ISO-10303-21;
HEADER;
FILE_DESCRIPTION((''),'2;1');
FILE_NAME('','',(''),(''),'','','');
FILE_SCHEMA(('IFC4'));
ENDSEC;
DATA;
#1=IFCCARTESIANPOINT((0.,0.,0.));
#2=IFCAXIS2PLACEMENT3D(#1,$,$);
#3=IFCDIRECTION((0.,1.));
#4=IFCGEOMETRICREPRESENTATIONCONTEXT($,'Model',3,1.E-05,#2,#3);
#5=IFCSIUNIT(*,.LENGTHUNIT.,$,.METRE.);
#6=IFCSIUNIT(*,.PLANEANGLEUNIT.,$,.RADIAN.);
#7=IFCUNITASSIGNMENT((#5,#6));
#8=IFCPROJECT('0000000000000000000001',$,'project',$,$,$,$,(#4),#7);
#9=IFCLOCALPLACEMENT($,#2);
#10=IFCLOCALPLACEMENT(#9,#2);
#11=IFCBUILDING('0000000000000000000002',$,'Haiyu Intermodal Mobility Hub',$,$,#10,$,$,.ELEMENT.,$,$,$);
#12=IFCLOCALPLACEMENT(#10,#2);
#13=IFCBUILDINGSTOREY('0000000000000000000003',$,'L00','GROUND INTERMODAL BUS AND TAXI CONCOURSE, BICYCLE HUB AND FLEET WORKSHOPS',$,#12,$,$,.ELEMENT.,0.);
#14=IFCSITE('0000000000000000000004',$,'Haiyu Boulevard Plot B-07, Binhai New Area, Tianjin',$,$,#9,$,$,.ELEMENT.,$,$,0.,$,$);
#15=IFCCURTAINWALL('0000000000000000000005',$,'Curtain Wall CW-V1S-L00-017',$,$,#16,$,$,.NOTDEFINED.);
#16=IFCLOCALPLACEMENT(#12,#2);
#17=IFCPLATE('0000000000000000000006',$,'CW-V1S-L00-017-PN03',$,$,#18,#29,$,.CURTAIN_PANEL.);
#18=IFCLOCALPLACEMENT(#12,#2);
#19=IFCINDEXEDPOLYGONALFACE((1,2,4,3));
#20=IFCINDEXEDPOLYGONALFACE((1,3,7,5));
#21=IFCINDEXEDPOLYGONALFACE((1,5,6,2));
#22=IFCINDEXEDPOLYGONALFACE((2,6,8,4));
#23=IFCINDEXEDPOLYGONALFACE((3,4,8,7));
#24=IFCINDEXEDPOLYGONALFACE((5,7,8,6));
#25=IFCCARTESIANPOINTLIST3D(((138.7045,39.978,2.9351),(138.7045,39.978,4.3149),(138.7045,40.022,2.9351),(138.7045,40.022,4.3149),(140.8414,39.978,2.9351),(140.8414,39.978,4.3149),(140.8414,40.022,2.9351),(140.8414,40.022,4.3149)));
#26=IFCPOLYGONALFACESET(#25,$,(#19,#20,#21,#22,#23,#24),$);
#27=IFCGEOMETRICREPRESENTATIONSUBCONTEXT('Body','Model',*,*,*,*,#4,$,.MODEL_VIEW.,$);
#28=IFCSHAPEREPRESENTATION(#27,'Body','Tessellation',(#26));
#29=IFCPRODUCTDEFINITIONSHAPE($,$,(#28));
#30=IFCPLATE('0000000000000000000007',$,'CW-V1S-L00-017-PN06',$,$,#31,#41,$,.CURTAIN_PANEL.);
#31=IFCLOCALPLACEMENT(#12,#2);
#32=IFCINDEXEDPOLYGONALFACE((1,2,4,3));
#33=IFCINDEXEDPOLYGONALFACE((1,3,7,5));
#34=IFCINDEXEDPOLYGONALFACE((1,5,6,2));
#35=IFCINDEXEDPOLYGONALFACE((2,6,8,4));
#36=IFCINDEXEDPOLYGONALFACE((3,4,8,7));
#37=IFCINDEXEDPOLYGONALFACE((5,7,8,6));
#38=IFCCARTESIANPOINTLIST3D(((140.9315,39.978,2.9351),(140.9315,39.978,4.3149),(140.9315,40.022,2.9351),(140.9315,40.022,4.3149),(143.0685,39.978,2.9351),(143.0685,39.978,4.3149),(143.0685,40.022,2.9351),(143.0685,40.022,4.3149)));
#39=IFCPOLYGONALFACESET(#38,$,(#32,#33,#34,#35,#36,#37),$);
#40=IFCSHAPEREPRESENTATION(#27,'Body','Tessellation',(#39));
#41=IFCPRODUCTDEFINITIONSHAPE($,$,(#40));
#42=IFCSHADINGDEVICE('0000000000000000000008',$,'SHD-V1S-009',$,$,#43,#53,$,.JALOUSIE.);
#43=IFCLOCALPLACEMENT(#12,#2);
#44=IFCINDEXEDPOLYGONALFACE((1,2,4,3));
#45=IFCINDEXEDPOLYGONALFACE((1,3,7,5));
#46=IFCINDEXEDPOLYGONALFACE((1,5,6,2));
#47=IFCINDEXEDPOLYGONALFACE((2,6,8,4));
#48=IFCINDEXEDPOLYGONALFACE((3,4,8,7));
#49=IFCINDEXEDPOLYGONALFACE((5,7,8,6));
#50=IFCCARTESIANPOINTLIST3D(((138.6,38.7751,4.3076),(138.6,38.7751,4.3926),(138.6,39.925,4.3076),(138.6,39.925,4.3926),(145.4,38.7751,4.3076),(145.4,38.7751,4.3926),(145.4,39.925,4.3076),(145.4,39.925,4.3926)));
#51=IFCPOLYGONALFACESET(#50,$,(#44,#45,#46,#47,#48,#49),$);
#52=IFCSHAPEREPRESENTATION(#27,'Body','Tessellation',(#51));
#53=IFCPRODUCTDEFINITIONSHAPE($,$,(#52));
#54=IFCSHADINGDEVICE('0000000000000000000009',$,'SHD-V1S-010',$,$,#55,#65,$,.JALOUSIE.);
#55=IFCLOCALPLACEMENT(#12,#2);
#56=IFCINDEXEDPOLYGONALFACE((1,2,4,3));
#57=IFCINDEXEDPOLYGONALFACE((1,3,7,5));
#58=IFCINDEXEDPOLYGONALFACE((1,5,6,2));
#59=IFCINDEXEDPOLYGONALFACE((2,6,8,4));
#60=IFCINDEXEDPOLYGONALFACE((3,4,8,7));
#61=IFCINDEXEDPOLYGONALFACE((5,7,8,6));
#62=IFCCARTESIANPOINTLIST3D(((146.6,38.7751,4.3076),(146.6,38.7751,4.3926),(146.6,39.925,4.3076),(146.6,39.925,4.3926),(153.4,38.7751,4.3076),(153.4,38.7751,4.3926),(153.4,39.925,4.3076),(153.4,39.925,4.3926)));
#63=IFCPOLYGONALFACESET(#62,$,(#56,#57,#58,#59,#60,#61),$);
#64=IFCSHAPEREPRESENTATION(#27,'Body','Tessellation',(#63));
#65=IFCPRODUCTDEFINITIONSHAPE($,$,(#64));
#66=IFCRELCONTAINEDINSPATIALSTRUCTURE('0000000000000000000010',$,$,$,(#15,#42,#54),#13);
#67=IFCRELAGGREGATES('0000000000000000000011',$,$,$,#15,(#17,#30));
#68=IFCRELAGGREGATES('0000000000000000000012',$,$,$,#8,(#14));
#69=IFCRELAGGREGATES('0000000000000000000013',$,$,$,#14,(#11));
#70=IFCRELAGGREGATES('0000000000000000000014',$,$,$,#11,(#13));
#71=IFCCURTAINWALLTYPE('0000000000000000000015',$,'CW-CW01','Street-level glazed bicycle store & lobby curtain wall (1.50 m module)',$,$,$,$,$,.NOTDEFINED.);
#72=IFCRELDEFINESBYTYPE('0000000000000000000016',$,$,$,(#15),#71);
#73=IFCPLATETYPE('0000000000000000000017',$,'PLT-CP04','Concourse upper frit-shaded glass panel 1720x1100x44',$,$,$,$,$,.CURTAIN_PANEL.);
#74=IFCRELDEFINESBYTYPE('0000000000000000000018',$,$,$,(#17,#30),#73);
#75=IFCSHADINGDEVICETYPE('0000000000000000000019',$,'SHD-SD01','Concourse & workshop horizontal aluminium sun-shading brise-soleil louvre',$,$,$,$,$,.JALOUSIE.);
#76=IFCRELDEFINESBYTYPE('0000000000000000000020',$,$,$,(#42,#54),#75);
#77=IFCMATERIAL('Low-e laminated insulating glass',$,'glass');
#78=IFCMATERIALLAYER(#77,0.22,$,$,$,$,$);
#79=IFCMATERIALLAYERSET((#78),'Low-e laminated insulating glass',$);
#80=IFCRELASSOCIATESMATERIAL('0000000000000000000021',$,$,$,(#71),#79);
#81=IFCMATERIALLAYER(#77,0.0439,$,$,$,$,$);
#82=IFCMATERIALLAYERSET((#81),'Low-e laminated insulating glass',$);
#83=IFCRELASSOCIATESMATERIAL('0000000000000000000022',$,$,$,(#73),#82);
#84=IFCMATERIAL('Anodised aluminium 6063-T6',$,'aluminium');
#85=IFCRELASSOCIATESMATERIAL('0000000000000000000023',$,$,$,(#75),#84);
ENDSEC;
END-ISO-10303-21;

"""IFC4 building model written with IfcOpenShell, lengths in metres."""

from ifc_helpers import new_model, si_unit, direction, frame, origin, origin_2d, place, context, subcontext, project, spatial, rectangle, extrude, material, layer, layer_set, material_profile, profile_set, type_object, element, aggregate, save


model = new_model("IFC4")

# Units and contexts
model_context = context("Model", 3, precision=1e-05, world=origin(), true_north=direction((0.0, 1.0)))
body_context = subcontext(model_context, "Body", "Model", "MODEL_VIEW")
ifc_project = project(units=[si_unit("LENGTHUNIT", "METRE"), si_unit("PLANEANGLEUNIT", "RADIAN")], contexts=[model_context])

# Site, building, storey
site_placement = place(None, origin())
site = spatial("IfcSite", under=ifc_project, at=site_placement, Name="Haiyu Boulevard Plot B-07, Binhai New Area, Tianjin", CompositionType="ELEMENT", RefElevation=0.0)
building_placement = place(site_placement, origin())
building = spatial("IfcBuilding", under=site, at=building_placement, Name="Haiyu Intermodal Mobility Hub", CompositionType="ELEMENT")
storey_placement = place(building_placement, origin())
storey = spatial("IfcBuildingStorey", under=building, at=storey_placement, Name="L00", Description="GROUND INTERMODAL BUS AND TAXI CONCOURSE, BICYCLE HUB AND FLEET WORKSHOPS", CompositionType="ELEMENT", Elevation=0.0)

# Curtain wall, plates
ifc_material_1 = material(Name="Low-e laminated insulating glass", Category="glass")
ifc_layer_1 = layer(ifc_material_1, 0.22)
ifc_layer_set_1 = layer_set([ifc_layer_1], Name="Low-e laminated insulating glass")
curtain_wall_type = type_object("IfcCurtainWallType", Name="CW-CW01", Description="Street-level glazed bicycle store & lobby curtain wall (1.50 m module)", PredefinedType="NOTDEFINED", material=ifc_layer_set_1)
curtain_wall_placement = place(storey_placement, origin())
curtain_wall = element("IfcCurtainWall", 1, at=curtain_wall_placement, inside=storey, type_object=curtain_wall_type, Name="Curtain Wall CW-V1S-L00-017", PredefinedType="NOTDEFINED")
ifc_material_2 = material(Name="Anodised aluminium 6063-T6", Category="aluminium")
ifc_layer_2 = layer(ifc_material_1, 0.0439)
ifc_layer_set_2 = layer_set([ifc_layer_2], Name="Low-e laminated insulating glass")
plate_type_1 = type_object("IfcPlateType", Name="PLT-CP04", Description="Concourse upper frit-shaded glass panel 1720x1100x44", PredefinedType="CURTAIN_PANEL", material=ifc_layer_set_2)
plate_1_placement = place(storey_placement, frame((139.7729, 40.0, 2.9351), z_axis=(0.0, 0.0, 1.0), x_axis=(1.0, 0.0, 0.0)))
plate_1 = element("IfcPlate", 2, at=plate_1_placement, type_object=plate_type_1, Name="CW-V1S-L00-017-PN03", PredefinedType="CURTAIN_PANEL", context=body_context, shape_type="SweptSolid", body=[
    extrude(rectangle(XDim=2.137, YDim=0.0439, at=origin_2d()), origin(), (0.0, 0.0, 1.0), 1.3799),
])
plate_2_placement = place(storey_placement, frame((142.0, 40.0, 2.9351), z_axis=(0.0, 0.0, 1.0), x_axis=(1.0, 0.0, 0.0)))
plate_2 = element("IfcPlate", 3, at=plate_2_placement, type_object=plate_type_1, Name="CW-V1S-L00-017-PN06", PredefinedType="CURTAIN_PANEL", context=body_context, shape_type="SweptSolid", body=[
    extrude(rectangle(XDim=2.137, YDim=0.0439, at=origin_2d()), origin(), (0.0, 0.0, 1.0), 1.3799),
])
aggregate(curtain_wall, [plate_1, plate_2])

# Shading devices
ifc_material_profile_1 = material_profile(ifc_material_2, rectangle(XDim=0.0801, YDim=0.45, at=origin_2d()), Name="FIN80x450")
ifc_profile_set_1 = profile_set([ifc_material_profile_1], Name="Anodised aluminium 6063-T6")
shading_device_type = type_object("IfcShadingDeviceType", Name="SHD-SD01", Description="Concourse & workshop horizontal aluminium sun-shading brise-soleil louvre", PredefinedType="JALOUSIE", material=ifc_profile_set_1)
for number, where, z_axis, x_axis, name in (
    (4, (142.0, 39.3501, 4.3076), (0.0, 0.0, 1.0), (1.0, 0.0, 0.0), "SHD-V1S-009"),
    (5, (150.0, 39.3501, 4.3076), (0.0, 0.0, 1.0), (1.0, 0.0, 0.0), "SHD-V1S-010"),
):
    element("IfcShadingDevice", number, at=place(storey_placement, frame(where, z_axis=z_axis, x_axis=x_axis)), inside=storey, type_object=shading_device_type, Name=name, PredefinedType="JALOUSIE", context=body_context, shape_type="SweptSolid", body=[
        extrude(rectangle(XDim=6.8, YDim=1.1499, at=origin_2d()), origin(), (0.0, 0.0, 1.0), 0.085),
    ])

save(model, "model.ifc")
